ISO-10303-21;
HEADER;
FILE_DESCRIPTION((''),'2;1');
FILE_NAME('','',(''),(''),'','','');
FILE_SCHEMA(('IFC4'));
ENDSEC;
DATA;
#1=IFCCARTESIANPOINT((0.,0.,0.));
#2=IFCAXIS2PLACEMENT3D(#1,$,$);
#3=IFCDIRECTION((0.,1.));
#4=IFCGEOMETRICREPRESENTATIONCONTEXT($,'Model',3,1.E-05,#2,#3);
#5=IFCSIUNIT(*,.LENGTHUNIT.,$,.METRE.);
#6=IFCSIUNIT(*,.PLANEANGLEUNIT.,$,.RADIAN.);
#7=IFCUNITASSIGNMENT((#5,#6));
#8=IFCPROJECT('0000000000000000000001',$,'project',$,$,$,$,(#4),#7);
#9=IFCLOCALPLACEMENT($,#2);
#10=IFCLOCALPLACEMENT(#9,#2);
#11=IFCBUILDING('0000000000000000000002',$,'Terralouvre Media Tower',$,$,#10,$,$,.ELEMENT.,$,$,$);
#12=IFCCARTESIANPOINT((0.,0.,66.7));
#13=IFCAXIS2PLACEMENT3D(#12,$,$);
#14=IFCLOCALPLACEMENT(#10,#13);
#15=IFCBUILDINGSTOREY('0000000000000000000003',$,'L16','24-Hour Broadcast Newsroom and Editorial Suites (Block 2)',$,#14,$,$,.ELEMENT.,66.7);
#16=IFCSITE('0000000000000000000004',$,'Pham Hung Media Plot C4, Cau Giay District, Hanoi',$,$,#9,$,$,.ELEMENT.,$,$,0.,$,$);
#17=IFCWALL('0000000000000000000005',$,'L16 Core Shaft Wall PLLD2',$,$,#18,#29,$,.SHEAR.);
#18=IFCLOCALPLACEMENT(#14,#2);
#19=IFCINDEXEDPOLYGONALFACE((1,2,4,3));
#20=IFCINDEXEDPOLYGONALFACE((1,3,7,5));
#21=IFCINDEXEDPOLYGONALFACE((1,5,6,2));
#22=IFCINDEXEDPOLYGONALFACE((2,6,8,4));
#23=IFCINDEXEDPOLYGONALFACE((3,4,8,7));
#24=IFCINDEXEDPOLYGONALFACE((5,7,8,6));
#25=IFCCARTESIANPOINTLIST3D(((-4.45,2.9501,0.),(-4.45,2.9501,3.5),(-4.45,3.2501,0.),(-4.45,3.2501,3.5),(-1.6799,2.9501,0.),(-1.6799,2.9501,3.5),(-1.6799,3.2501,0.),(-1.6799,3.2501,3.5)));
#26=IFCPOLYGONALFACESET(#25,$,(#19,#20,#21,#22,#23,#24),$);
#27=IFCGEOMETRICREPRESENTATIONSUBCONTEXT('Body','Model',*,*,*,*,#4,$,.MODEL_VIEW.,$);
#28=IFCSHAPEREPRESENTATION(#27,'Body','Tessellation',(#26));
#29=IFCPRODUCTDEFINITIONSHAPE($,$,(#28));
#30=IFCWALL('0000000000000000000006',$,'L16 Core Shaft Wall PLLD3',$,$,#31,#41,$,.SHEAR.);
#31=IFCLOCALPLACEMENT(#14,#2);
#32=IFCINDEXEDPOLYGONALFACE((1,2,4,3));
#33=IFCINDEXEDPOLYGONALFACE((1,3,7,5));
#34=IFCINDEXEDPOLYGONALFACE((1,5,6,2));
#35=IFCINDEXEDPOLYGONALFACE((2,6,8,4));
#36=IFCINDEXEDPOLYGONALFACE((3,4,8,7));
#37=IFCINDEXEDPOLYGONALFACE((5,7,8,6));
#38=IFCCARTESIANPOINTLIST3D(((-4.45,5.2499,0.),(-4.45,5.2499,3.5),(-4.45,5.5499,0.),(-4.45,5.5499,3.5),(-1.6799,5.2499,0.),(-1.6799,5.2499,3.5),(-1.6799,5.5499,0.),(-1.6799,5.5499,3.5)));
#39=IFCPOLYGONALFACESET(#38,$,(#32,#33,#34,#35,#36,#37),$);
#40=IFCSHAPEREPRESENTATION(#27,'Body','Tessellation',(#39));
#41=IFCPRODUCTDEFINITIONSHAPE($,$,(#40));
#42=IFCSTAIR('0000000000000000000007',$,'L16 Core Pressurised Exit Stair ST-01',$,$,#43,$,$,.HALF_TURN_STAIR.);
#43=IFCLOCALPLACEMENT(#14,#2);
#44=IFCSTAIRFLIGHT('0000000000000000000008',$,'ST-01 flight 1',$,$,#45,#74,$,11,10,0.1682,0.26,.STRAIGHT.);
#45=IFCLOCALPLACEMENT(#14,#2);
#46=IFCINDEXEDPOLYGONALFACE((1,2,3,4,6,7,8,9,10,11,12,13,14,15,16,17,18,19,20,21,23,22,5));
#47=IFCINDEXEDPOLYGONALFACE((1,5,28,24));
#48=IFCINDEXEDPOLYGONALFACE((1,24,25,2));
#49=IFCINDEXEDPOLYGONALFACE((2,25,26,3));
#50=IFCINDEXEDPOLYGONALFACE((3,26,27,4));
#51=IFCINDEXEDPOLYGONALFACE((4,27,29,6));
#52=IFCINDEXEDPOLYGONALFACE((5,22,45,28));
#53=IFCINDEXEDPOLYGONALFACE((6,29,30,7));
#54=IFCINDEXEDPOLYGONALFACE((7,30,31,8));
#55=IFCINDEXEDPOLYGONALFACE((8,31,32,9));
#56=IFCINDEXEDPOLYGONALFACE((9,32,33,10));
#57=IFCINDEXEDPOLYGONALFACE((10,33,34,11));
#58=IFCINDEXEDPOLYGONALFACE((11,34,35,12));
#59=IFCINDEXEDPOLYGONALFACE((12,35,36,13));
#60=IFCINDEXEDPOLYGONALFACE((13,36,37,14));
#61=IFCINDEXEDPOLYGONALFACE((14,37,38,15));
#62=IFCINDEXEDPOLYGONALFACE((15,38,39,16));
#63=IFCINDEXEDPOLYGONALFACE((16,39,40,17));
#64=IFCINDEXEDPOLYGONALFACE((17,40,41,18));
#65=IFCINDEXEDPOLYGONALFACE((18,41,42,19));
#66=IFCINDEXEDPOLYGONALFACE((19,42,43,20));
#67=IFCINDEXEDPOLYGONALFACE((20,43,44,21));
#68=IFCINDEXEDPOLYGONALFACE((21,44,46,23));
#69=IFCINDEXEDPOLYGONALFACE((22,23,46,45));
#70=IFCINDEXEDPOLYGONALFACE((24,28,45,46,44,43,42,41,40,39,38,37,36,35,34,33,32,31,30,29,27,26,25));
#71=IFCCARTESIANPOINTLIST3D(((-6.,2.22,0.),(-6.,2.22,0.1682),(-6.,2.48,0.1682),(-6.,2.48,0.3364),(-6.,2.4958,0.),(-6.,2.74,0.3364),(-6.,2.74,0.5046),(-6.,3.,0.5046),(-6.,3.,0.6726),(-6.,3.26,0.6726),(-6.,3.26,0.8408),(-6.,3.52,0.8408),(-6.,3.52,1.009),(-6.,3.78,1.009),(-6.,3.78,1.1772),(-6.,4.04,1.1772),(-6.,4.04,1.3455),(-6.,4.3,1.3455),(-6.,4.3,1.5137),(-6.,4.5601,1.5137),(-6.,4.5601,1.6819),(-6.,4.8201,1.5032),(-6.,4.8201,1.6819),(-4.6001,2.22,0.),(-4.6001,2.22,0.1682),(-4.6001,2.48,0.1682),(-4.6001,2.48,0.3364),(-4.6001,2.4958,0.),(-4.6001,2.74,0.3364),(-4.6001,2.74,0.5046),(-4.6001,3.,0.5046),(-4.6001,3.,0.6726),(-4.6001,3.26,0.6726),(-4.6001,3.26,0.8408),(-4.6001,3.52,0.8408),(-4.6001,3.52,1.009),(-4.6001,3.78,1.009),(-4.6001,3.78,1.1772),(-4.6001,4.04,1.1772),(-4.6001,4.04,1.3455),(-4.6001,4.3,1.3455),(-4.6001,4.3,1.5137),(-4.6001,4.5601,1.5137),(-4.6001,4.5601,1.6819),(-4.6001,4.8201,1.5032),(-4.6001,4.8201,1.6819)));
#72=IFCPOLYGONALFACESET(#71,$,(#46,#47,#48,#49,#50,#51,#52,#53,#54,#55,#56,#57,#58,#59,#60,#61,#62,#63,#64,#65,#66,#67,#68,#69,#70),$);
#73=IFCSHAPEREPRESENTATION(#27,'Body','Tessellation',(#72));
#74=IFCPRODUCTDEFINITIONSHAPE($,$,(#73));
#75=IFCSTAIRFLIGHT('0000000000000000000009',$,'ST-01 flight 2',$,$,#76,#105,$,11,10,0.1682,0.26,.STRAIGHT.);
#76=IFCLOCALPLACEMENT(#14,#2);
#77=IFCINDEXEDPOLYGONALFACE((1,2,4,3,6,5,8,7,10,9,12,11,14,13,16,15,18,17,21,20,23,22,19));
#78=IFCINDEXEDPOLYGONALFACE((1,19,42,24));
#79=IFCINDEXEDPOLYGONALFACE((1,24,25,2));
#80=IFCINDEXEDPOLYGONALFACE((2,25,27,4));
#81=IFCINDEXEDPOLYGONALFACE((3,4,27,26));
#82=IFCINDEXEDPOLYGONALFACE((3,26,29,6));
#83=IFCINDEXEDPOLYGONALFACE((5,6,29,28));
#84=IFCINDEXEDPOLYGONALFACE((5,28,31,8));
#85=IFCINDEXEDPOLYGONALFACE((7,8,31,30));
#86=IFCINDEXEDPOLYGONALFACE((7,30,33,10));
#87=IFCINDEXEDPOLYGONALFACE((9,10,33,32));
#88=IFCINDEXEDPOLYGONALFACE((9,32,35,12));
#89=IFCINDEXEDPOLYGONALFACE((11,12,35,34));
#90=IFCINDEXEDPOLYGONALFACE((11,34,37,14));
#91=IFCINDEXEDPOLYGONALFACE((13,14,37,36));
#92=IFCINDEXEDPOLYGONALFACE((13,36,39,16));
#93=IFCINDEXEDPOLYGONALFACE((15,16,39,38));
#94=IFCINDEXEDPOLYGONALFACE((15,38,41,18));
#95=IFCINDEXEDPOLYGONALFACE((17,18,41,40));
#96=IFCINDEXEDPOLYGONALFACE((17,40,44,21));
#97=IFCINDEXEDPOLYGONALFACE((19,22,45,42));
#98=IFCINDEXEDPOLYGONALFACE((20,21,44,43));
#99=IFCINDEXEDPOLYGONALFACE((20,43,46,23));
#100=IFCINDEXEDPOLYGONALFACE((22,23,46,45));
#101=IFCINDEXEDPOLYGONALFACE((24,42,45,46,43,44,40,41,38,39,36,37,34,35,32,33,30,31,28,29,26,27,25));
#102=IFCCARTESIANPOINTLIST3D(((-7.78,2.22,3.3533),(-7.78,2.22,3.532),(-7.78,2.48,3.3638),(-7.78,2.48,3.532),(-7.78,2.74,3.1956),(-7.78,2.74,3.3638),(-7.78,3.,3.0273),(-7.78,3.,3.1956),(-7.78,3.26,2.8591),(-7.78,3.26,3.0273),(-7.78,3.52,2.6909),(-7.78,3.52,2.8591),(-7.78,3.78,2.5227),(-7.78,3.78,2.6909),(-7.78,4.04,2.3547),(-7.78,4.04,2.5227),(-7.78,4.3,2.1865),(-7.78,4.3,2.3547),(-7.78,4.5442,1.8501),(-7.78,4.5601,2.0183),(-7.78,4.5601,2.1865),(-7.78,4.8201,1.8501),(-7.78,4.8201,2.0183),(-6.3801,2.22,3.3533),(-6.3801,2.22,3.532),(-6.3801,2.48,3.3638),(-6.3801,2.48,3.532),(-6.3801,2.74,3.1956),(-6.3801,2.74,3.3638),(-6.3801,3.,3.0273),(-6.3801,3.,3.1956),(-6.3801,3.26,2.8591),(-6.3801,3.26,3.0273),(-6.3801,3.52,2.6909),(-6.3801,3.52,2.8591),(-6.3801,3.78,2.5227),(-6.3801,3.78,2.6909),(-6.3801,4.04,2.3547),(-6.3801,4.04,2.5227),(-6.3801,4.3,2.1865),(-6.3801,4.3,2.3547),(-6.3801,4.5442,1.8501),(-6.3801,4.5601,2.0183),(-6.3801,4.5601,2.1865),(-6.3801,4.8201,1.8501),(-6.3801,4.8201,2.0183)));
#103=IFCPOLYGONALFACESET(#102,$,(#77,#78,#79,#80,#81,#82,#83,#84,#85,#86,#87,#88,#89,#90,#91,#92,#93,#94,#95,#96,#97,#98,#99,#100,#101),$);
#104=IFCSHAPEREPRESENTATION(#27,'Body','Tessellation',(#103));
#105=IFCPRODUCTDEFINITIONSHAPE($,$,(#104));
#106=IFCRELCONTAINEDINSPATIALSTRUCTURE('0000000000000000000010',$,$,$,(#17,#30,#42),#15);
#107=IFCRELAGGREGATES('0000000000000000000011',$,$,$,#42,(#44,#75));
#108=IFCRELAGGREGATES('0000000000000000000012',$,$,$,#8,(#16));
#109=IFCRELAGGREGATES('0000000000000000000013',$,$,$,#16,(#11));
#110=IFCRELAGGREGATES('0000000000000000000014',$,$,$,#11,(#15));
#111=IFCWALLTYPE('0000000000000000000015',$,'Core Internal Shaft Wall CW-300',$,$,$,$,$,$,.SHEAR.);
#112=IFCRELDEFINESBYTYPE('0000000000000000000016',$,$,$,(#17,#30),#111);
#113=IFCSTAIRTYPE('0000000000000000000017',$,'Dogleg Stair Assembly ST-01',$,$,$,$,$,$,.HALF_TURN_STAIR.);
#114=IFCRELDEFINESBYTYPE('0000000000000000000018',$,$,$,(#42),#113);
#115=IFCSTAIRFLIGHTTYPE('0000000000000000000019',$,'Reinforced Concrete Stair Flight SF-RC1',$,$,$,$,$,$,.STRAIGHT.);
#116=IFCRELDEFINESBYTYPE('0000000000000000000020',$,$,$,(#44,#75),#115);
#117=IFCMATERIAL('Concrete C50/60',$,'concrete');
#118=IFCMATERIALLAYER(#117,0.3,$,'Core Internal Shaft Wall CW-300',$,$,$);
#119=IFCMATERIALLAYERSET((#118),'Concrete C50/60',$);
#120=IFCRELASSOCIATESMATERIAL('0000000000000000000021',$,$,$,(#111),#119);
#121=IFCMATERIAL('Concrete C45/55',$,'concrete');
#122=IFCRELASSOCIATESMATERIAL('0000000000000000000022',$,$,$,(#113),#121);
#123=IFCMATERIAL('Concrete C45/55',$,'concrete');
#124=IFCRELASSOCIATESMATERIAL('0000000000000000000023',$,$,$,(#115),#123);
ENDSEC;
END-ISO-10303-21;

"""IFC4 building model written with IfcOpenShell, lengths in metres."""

from ifc_helpers import new_model, si_unit, direction, frame, frame_2d, origin, place, context, subcontext, project, spatial, polyline, rectangle, outline, extrude, material, layer, layer_set, type_object, element, aggregate, save


model = new_model("IFC4")

# Units and contexts
model_context = context("Model", 3, precision=1e-05, world=origin(), true_north=direction((0.0, 1.0)))
body_context = subcontext(model_context, "Body", "Model", "MODEL_VIEW")
ifc_project = project(units=[si_unit("LENGTHUNIT", "METRE"), si_unit("PLANEANGLEUNIT", "RADIAN")], contexts=[model_context])

# Site, building, storey
site_placement = place(None, origin())
site = spatial("IfcSite", under=ifc_project, at=site_placement, Name="Pham Hung Media Plot C4, Cau Giay District, Hanoi", CompositionType="ELEMENT", RefElevation=0.0)
building_placement = place(site_placement, origin())
building = spatial("IfcBuilding", under=site, at=building_placement, Name="Terralouvre Media Tower", CompositionType="ELEMENT")
storey_placement = place(building_placement, frame((0.0, 0.0, 66.7)))
storey = spatial("IfcBuildingStorey", under=building, at=storey_placement, Name="L16", Description="24-Hour Broadcast Newsroom and Editorial Suites (Block 2)", CompositionType="ELEMENT", Elevation=66.7)

# Shared definitions
ifc_material_1 = material(Name="Concrete C50/60", Category="concrete")
ifc_layer_1 = layer(ifc_material_1, 0.3, Name="Core Internal Shaft Wall CW-300")
ifc_layer_set_1 = layer_set([ifc_layer_1], Name="Concrete C50/60")
wall_type_1 = type_object("IfcWallType", Name="Core Internal Shaft Wall CW-300", PredefinedType="SHEAR", material=ifc_layer_set_1)

# Walls
for number, where, z_axis, x_axis, name in (
    (1, (-4.45, 3.1001, 0.0), (0.0, 0.0, 1.0), (1.0, 0.0, 0.0), "L16 Core Shaft Wall PLLD2"),
    (2, (-4.45, 5.3999, 0.0), (0.0, 0.0, 1.0), (1.0, 0.0, 0.0), "L16 Core Shaft Wall PLLD3"),
):
    element("IfcWall", number, at=place(storey_placement, frame(where, z_axis=z_axis, x_axis=x_axis)), inside=storey, type_object=wall_type_1, Name=name, PredefinedType="SHEAR", context=body_context, shape_type="SweptSolid", body=[
        extrude(rectangle(XDim=2.77, YDim=0.3, at=frame_2d((1.385, 0.0))), origin(), (0.0, 0.0, 1.0), 3.5),
    ])

# Stair, stair flights
ifc_material_2 = material(Name="Concrete C45/55", Category="concrete")
stair_type = type_object("IfcStairType", Name="Dogleg Stair Assembly ST-01", PredefinedType="HALF_TURN_STAIR", material=ifc_material_2)
stair_placement = place(storey_placement, origin())
stair = element("IfcStair", 3, at=stair_placement, inside=storey, type_object=stair_type, Name="L16 Core Pressurised Exit Stair ST-01", PredefinedType="HALF_TURN_STAIR")
ifc_material_3 = material(Name="Concrete C45/55", Category="concrete")
stair_flight_type = type_object("IfcStairFlightType", Name="Reinforced Concrete Stair Flight SF-RC1", PredefinedType="STRAIGHT", material=ifc_material_3)
stair_flight_1_placement = place(storey_placement, frame((-5.3, 2.22, 0.0), z_axis=(0.0, 0.0, 1.0), x_axis=(0.0, 1.0, 0.0)))
stair_flight_1 = element("IfcStairFlight", 4, at=stair_flight_1_placement, type_object=stair_flight_type, Name="ST-01 flight 1", NumberOfRisers=11, NumberOfTreads=10, PredefinedType="STRAIGHT", RiserHeight=0.1682, TreadLength=0.26, context=body_context, shape_type="SweptSolid", body=[
    extrude(outline(polyline([(0.0, 0.0), (0.0, 0.1682), (0.26, 0.1682), (0.26, 0.3364), (0.52, 0.3364), (0.52, 0.5046), (0.78, 0.5046), (0.78, 0.6726), (1.04, 0.6726), (1.04, 0.8408), (1.3, 0.8408), (1.3, 1.009), (1.5601, 1.009), (1.5601, 1.1772), (1.8201, 1.1772), (1.8201, 1.3455), (2.0801, 1.3455), (2.0801, 1.5137), (2.3401, 1.5137), (2.3401, 1.6819), (2.6001, 1.6819), (2.6001, 1.8501), (2.6001, 1.5032), (0.2759, 0.0), (0.0, 0.0)])), frame((0.0, 0.7, 0.0), z_axis=(0.0, -1.0, 0.0), x_axis=(1.0, 0.0, 0.0)), (0.0, 0.0, 1.0), 1.3999),
])
stair_flight_2_placement = place(storey_placement, frame((-7.0801, 4.8201, 1.8501), z_axis=(0.0, 0.0, 1.0), x_axis=(0.0, -1.0, 0.0)))
stair_flight_2 = element("IfcStairFlight", 5, at=stair_flight_2_placement, type_object=stair_flight_type, Name="ST-01 flight 2", NumberOfRisers=11, NumberOfTreads=10, PredefinedType="STRAIGHT", RiserHeight=0.1682, TreadLength=0.26, context=body_context, shape_type="SweptSolid", body=[
    extrude(outline(polyline([(0.0, 0.0), (0.0, 0.1682), (0.26, 0.1682), (0.26, 0.3364), (0.52, 0.3364), (0.52, 0.5046), (0.78, 0.5046), (0.78, 0.6726), (1.04, 0.6726), (1.04, 0.8408), (1.3, 0.8408), (1.3, 1.009), (1.5601, 1.009), (1.5601, 1.1772), (1.8201, 1.1772), (1.8201, 1.3455), (2.0801, 1.3455), (2.0801, 1.5137), (2.3401, 1.5137), (2.3401, 1.6819), (2.6001, 1.6819), (2.6001, 1.8501), (2.6001, 1.5032), (0.2759, 0.0), (0.0, 0.0)])), frame((0.0, 0.7, 0.0), z_axis=(0.0, -1.0, 0.0), x_axis=(1.0, 0.0, 0.0)), (0.0, 0.0, 1.0), 1.3999),
])
aggregate(stair, [stair_flight_1, stair_flight_2])

save(model, "model.ifc")
